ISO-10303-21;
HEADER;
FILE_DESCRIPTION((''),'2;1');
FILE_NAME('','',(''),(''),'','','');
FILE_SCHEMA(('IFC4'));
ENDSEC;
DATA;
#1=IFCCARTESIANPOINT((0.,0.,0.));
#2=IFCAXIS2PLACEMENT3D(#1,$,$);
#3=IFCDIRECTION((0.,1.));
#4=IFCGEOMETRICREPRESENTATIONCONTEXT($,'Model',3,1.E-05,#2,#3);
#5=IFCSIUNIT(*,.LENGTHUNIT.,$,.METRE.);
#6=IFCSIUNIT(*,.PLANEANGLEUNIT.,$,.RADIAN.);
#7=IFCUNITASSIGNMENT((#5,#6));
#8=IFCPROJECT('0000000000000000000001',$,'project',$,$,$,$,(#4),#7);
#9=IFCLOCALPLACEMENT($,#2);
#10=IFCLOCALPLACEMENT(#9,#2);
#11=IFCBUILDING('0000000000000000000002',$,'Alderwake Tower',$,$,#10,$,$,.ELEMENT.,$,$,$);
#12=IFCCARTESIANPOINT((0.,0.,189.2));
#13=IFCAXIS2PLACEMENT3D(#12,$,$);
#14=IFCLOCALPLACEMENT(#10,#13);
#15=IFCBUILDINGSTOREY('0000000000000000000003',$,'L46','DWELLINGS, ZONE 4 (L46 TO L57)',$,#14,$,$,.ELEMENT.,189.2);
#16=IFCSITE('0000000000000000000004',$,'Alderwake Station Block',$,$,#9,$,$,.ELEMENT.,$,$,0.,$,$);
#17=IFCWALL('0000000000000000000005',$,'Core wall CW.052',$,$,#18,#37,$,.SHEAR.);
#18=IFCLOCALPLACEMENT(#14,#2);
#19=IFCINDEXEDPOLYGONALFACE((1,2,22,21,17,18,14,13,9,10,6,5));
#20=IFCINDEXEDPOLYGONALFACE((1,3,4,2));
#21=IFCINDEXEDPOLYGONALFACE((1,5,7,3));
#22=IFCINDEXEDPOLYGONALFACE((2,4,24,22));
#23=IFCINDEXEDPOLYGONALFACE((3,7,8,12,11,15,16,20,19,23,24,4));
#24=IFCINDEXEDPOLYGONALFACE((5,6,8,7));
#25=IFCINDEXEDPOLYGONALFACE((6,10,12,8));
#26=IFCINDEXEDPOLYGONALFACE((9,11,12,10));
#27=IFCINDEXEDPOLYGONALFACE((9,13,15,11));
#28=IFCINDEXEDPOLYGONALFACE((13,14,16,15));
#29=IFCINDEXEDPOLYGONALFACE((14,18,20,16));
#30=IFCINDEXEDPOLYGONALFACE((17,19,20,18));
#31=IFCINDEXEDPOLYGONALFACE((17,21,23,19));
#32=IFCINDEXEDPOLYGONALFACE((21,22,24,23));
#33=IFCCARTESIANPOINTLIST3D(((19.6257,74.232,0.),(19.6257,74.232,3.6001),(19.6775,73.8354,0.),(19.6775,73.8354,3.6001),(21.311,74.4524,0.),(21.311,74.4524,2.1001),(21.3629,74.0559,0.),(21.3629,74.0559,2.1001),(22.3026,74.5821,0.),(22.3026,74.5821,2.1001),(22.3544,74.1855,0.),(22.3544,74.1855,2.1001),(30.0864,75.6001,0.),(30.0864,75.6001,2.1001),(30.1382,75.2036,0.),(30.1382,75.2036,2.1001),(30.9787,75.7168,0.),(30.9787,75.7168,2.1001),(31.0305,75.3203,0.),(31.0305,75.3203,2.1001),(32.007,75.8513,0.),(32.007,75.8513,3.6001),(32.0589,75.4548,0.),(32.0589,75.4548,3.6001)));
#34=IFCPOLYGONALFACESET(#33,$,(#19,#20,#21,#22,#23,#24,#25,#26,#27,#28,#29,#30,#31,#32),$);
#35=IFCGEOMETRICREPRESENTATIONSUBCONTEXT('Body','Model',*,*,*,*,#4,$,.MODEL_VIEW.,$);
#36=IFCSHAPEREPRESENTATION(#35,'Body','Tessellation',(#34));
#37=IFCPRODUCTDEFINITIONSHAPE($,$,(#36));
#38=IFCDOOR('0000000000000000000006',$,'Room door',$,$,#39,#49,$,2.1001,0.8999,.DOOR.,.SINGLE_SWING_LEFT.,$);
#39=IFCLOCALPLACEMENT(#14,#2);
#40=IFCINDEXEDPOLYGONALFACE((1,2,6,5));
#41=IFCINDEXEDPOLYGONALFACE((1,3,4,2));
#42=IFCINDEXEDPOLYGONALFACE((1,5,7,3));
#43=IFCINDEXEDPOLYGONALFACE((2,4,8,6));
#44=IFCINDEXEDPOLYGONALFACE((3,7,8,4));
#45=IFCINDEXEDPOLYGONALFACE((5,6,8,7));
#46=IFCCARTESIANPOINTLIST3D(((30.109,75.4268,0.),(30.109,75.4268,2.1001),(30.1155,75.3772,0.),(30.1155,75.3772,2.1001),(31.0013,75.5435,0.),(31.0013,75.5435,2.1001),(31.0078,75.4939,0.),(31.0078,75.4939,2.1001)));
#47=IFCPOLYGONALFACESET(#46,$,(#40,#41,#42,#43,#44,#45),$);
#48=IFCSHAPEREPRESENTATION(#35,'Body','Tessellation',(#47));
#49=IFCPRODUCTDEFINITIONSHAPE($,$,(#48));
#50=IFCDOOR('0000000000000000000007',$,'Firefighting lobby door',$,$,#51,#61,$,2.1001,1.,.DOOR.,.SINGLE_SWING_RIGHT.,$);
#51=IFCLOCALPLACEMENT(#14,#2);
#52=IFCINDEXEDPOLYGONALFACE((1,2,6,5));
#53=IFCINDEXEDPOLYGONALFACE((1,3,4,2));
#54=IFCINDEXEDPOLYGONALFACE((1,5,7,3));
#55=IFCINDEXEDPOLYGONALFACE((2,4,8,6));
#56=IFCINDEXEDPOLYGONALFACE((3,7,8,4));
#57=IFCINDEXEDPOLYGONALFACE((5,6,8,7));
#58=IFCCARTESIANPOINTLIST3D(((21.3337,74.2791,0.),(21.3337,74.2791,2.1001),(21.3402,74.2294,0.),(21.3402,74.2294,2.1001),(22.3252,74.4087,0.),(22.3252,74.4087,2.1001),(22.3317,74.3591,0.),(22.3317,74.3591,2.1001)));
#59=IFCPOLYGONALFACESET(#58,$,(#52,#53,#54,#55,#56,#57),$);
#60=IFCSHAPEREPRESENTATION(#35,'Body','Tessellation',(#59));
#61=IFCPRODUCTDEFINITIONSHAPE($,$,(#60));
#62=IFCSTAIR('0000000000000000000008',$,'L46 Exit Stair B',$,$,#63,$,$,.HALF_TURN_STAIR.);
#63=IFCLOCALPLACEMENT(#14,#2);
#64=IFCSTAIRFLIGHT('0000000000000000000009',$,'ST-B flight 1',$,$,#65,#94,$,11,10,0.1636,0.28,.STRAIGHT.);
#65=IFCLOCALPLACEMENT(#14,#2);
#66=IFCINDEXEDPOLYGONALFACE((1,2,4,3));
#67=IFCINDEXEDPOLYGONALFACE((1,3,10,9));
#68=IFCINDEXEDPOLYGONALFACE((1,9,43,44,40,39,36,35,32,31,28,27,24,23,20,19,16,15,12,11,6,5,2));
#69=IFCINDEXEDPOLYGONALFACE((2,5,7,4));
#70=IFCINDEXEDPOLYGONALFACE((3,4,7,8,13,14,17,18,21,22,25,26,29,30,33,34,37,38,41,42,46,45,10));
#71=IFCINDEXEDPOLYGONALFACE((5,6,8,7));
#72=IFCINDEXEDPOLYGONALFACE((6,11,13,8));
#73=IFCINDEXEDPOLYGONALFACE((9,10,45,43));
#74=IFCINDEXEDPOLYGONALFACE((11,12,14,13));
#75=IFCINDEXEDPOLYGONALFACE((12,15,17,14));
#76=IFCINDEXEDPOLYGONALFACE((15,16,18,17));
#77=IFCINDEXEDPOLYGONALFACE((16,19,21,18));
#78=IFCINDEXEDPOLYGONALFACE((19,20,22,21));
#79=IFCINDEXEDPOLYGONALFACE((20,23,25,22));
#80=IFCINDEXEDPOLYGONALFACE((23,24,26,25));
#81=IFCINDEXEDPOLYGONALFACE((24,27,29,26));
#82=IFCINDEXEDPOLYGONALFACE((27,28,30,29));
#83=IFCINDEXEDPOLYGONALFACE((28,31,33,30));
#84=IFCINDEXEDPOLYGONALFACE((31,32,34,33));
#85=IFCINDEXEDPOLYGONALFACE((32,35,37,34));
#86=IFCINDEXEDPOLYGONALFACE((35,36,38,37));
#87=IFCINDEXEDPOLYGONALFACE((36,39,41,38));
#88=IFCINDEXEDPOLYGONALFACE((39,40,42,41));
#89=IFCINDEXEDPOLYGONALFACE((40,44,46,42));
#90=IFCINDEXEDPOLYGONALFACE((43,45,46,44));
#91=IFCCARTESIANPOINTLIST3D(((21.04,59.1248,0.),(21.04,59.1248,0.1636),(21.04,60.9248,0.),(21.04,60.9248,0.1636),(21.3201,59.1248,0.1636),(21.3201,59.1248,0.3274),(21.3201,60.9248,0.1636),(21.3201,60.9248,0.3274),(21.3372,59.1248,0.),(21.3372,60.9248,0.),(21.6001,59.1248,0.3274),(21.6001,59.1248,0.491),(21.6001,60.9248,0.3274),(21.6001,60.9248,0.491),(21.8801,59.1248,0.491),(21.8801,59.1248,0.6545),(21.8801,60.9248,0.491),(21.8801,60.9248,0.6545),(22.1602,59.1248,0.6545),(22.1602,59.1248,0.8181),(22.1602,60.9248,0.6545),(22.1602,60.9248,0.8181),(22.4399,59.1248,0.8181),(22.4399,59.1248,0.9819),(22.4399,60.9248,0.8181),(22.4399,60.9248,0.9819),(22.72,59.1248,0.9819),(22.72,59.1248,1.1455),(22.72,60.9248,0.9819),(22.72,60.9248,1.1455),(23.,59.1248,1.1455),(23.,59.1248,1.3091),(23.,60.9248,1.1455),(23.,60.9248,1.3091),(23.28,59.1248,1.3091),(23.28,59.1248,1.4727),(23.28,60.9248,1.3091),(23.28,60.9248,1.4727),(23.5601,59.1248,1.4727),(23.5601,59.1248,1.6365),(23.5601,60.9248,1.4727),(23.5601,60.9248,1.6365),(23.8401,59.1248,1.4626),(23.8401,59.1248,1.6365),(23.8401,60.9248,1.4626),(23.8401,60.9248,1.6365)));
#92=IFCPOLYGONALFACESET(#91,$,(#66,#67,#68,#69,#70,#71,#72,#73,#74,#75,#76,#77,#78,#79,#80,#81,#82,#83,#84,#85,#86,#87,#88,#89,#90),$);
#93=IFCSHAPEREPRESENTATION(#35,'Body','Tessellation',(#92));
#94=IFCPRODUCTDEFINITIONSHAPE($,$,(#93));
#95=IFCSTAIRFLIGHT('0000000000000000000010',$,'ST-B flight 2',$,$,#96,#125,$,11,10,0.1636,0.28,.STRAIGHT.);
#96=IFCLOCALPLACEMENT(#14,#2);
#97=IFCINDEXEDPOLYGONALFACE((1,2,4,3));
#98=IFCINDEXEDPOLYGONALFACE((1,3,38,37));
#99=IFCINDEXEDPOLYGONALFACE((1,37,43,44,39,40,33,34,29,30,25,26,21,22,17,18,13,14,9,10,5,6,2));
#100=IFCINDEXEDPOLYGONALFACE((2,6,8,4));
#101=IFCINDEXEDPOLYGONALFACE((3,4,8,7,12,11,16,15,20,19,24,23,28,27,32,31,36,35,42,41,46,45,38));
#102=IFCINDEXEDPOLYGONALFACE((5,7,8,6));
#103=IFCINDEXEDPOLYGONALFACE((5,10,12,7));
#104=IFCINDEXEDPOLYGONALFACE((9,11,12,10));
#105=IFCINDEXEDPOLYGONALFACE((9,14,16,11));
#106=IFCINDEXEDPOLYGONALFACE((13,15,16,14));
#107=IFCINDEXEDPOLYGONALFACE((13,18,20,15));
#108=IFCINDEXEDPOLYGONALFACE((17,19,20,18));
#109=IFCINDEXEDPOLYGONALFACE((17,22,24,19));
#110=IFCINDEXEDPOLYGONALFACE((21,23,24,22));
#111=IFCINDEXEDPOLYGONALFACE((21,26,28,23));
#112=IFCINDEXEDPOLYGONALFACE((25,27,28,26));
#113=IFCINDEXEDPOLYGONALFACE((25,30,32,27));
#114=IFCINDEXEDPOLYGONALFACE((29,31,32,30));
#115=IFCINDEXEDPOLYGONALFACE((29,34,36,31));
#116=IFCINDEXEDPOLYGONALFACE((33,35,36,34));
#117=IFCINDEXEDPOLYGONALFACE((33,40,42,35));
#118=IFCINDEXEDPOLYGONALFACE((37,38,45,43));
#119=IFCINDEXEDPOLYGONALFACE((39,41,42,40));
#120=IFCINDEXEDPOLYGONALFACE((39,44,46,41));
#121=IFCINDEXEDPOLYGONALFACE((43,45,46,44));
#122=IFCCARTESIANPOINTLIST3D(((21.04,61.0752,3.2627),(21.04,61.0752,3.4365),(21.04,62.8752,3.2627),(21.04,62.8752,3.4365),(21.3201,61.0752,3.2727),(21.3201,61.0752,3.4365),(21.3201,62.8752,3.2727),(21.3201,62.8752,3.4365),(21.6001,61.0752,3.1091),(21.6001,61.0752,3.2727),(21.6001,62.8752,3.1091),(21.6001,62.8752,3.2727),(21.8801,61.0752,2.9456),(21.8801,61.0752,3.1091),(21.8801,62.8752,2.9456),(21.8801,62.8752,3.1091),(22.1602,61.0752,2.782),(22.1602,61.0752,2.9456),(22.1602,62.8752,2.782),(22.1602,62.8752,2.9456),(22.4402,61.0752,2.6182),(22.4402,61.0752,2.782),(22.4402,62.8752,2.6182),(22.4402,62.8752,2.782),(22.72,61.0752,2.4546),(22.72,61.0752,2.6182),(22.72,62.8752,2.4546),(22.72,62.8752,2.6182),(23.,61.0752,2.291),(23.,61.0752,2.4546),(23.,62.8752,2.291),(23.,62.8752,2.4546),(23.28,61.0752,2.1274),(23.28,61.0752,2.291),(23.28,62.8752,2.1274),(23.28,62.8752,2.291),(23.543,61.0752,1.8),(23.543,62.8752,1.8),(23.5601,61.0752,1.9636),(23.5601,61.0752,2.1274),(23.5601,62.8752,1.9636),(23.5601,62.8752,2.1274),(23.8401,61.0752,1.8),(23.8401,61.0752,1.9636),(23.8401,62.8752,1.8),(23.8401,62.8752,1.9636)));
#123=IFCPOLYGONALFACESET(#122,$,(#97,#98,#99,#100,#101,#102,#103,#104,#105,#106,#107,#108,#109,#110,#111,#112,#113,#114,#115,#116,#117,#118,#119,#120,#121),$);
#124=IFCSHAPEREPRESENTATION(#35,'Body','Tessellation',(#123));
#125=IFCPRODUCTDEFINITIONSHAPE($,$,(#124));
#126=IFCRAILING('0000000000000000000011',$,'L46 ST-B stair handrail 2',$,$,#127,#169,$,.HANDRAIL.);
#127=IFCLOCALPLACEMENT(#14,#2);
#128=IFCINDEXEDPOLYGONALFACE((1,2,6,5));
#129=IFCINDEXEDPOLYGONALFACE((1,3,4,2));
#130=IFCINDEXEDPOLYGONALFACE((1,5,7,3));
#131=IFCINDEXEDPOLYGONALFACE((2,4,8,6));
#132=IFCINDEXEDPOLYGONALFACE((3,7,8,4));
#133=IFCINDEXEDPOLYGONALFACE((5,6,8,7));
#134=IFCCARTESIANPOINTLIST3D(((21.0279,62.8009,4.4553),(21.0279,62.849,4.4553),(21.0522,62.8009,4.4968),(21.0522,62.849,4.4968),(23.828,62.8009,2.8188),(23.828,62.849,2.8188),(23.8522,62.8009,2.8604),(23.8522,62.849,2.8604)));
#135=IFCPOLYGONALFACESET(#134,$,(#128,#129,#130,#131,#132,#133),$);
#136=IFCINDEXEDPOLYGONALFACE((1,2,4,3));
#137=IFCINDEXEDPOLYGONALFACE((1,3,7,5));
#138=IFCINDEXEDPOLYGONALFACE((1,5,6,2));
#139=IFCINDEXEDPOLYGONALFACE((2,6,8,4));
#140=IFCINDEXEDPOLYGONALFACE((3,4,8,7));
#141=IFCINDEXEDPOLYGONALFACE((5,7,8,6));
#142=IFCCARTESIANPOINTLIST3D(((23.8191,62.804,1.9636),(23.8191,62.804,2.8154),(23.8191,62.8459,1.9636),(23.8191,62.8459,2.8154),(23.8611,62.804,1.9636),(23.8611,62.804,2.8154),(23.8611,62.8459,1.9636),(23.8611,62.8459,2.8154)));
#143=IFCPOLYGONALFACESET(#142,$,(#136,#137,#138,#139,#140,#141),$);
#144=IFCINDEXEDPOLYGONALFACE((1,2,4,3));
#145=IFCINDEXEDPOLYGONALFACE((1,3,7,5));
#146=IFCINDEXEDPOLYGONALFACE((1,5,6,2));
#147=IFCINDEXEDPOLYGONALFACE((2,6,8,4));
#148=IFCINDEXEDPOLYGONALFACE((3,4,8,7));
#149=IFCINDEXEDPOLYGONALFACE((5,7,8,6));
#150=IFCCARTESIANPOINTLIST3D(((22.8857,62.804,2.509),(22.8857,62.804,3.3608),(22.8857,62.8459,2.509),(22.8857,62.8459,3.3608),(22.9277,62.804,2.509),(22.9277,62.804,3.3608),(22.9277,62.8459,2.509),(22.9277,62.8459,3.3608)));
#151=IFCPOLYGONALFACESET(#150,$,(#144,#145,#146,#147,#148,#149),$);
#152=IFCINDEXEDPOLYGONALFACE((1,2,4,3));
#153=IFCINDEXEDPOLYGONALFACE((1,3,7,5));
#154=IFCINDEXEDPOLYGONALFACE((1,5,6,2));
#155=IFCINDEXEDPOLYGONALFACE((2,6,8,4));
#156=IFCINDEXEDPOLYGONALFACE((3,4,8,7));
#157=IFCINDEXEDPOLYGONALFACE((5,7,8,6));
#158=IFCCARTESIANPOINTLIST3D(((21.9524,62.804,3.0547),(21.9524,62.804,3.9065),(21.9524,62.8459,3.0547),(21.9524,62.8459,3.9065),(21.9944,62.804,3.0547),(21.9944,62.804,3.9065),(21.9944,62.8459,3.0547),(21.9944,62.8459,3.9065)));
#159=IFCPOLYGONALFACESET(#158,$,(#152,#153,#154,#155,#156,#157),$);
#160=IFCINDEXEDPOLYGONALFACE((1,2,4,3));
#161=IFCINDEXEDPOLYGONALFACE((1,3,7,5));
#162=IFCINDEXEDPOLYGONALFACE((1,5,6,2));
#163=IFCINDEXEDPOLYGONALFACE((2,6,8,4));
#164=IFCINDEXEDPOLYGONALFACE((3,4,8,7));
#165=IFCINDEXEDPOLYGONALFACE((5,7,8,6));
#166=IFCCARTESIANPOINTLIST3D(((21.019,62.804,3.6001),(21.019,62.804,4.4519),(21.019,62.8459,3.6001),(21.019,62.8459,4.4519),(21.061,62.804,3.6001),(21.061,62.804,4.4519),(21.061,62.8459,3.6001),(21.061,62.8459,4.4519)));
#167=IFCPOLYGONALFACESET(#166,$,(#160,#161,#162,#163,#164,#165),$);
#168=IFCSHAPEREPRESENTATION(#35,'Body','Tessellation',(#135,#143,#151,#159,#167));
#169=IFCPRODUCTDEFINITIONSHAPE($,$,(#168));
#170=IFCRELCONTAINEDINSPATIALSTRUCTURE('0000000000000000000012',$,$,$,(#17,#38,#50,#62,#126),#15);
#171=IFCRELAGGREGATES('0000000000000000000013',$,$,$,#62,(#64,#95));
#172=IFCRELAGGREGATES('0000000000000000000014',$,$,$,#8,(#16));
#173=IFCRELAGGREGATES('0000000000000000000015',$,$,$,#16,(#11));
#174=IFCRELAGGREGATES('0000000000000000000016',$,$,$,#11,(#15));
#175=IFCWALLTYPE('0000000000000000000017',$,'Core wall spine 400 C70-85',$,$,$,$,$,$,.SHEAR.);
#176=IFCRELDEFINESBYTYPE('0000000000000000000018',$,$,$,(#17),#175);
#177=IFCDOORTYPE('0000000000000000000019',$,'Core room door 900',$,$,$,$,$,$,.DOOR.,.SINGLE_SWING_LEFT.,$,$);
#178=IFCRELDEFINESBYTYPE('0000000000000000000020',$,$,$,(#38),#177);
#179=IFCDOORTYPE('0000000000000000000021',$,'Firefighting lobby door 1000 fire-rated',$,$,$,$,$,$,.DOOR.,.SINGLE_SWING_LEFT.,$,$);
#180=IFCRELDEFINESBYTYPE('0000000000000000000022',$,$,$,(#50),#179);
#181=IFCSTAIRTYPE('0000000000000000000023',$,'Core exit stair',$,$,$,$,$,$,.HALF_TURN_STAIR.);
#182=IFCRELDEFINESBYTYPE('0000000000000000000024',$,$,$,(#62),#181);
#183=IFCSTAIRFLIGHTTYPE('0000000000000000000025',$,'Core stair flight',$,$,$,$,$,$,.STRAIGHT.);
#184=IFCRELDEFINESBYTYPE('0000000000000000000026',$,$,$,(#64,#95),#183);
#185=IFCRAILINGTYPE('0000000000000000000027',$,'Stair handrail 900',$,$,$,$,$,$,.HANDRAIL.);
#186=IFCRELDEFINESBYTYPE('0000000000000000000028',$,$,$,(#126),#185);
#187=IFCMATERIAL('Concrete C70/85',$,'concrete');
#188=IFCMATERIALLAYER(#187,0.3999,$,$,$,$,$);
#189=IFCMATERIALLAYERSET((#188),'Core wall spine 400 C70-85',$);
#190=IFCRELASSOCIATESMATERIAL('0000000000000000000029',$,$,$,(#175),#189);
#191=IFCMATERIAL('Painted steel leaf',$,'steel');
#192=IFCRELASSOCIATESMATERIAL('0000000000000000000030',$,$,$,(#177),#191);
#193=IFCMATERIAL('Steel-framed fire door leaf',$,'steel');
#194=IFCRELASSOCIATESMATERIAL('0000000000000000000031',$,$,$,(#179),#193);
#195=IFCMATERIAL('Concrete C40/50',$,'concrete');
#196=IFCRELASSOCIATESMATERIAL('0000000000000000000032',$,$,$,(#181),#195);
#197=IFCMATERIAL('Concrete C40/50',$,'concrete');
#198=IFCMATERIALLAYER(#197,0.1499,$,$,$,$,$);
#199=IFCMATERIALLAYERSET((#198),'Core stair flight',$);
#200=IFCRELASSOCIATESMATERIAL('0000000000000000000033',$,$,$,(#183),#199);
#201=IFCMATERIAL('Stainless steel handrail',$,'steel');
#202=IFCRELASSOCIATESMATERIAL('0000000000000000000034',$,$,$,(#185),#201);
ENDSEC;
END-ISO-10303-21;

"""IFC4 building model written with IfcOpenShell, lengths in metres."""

from ifc_helpers import new_model, si_unit, direction, frame, frame_2d, origin, origin_2d, place, context, subcontext, project, spatial, polyline, rectangle, outline, extrude, material, layer, layer_set, type_object, element, fill, aggregate, save


model = new_model("IFC4")

# Units and contexts
model_context = context("Model", 3, precision=1e-05, world=origin(), true_north=direction((0.0, 1.0)))
body_context = subcontext(model_context, "Body", "Model", "MODEL_VIEW")
ifc_project = project(units=[si_unit("LENGTHUNIT", "METRE"), si_unit("PLANEANGLEUNIT", "RADIAN")], contexts=[model_context])

# Site, building, storey
site_placement = place(None, origin())
site = spatial("IfcSite", under=ifc_project, at=site_placement, Name="Alderwake Station Block", CompositionType="ELEMENT", RefElevation=0.0)
building_placement = place(site_placement, origin())
building = spatial("IfcBuilding", under=site, at=building_placement, Name="Alderwake Tower", CompositionType="ELEMENT")
storey_placement = place(building_placement, frame((0.0, 0.0, 189.2)))
storey = spatial("IfcBuildingStorey", under=building, at=storey_placement, Name="L46", Description="DWELLINGS, ZONE 4 (L46 TO L57)", CompositionType="ELEMENT", Elevation=189.2)

# Shared definitions
ifc_material_1 = material(Name="Concrete C70/85", Category="concrete")
ifc_layer_1 = layer(ifc_material_1, 0.3999)
ifc_layer_set_1 = layer_set([ifc_layer_1], Name="Core wall spine 400 C70-85")
wall_type_1 = type_object("IfcWallType", Name="Core wall spine 400 C70-85", PredefinedType="SHEAR", material=ifc_layer_set_1)
ifc_material_2 = material(Name="Painted steel leaf", Category="steel")
door_type_1 = type_object("IfcDoorType", Name="Core room door 900", OperationType="SINGLE_SWING_LEFT", PredefinedType="DOOR", material=ifc_material_2)

# Wall, openings, doors
wall_1_placement = place(storey_placement, frame((32.033, 75.6531, 0.0), z_axis=(0.0, 0.0, 1.0), x_axis=(-0.991555, -0.129688, 0.0)))
wall_1 = element("IfcWall", 1, at=wall_1_placement, inside=storey, type_object=wall_type_1, Name="Core wall CW.052", PredefinedType="SHEAR", context=body_context, shape_type="SweptSolid", body=[
    extrude(rectangle(XDim=12.4868, YDim=0.3999, at=frame_2d((6.2434, 0.0))), origin(), (0.0, 0.0, 1.0), 3.6001),
])
opening_1_placement = place(wall_1_placement, frame((9.7871, 0.0, 0.0)))
opening_1 = element("IfcOpeningElement", 2, at=opening_1_placement, cuts=wall_1, PredefinedType="OPENING", context=body_context, shape_type="SweptSolid", body=[
    extrude(rectangle(XDim=1.0, YDim=2.1001, at=frame_2d((0.5, 1.05))), frame((0.0, 0.21, 0.0), z_axis=(0.0, -1.0, 0.0), x_axis=(1.0, 0.0, 0.0)), (0.0, 0.0, 1.0), 0.4199),
])
opening_2_placement = place(wall_1_placement, frame((1.0371, 0.0, 0.0)))
opening_2 = element("IfcOpeningElement", 3, at=opening_2_placement, cuts=wall_1, PredefinedType="OPENING", context=body_context, shape_type="SweptSolid", body=[
    extrude(rectangle(XDim=0.8999, YDim=2.1001, at=frame_2d((0.45, 1.05))), frame((0.0, 0.21, 0.0), z_axis=(0.0, -1.0, 0.0), x_axis=(1.0, 0.0, 0.0)), (0.0, 0.0, 1.0), 0.4199),
])
door_1_placement = place(opening_2_placement, origin())
door_1 = element("IfcDoor", 4, at=door_1_placement, inside=storey, type_object=door_type_1, Name="Room door", OperationType="SINGLE_SWING_LEFT", OverallHeight=2.1001, OverallWidth=0.8999, PredefinedType="DOOR", context=body_context, shape_type="SweptSolid", body=[
    extrude(rectangle(XDim=0.8999, YDim=2.1001, at=frame_2d((0.45, 1.05))), frame((0.0, 0.0249, 0.0), z_axis=(0.0, -1.0, 0.0), x_axis=(1.0, 0.0, 0.0)), (0.0, 0.0, 1.0), 0.05),
])
fill(opening_2, door_1)
ifc_material_3 = material(Name="Steel-framed fire door leaf", Category="steel")
door_type_2 = type_object("IfcDoorType", Name="Firefighting lobby door 1000 fire-rated", OperationType="SINGLE_SWING_LEFT", PredefinedType="DOOR", material=ifc_material_3)
door_2_placement = place(opening_1_placement, origin())
door_2 = element("IfcDoor", 5, at=door_2_placement, inside=storey, type_object=door_type_2, Name="Firefighting lobby door", OperationType="SINGLE_SWING_RIGHT", OverallHeight=2.1001, OverallWidth=1.0, PredefinedType="DOOR", context=body_context, shape_type="SweptSolid", body=[
    extrude(rectangle(XDim=1.0, YDim=2.1001, at=frame_2d((0.5, 1.05))), frame((0.0, 0.0249, 0.0), z_axis=(0.0, -1.0, 0.0), x_axis=(1.0, 0.0, 0.0)), (0.0, 0.0, 1.0), 0.05),
])
fill(opening_1, door_2)

# Stair, stair flights
ifc_material_4 = material(Name="Concrete C40/50", Category="concrete")
stair_type = type_object("IfcStairType", Name="Core exit stair", PredefinedType="HALF_TURN_STAIR", material=ifc_material_4)
stair_placement = place(storey_placement, origin())
stair = element("IfcStair", 6, at=stair_placement, inside=storey, type_object=stair_type, Name="L46 Exit Stair B", PredefinedType="HALF_TURN_STAIR")
ifc_material_5 = material(Name="Concrete C40/50", Category="concrete")
ifc_layer_2 = layer(ifc_material_5, 0.1499)
ifc_layer_set_2 = layer_set([ifc_layer_2], Name="Core stair flight")
stair_flight_type = type_object("IfcStairFlightType", Name="Core stair flight", PredefinedType="STRAIGHT", material=ifc_layer_set_2)
stair_flight_1_placement = place(storey_placement, frame((21.04, 60.0249, 0.0), z_axis=(0.0, 0.0, 1.0), x_axis=(1.0, 0.0, 0.0)))
stair_flight_1 = element("IfcStairFlight", 7, at=stair_flight_1_placement, type_object=stair_flight_type, Name="ST-B flight 1", NumberOfRisers=11, NumberOfTreads=10, PredefinedType="STRAIGHT", RiserHeight=0.1636, TreadLength=0.28, context=body_context, shape_type="SweptSolid", body=[
    extrude(outline(polyline([(0.0, 0.0), (0.0, 0.1636), (0.28, 0.1636), (0.28, 0.3274), (0.5601, 0.3274), (0.5601, 0.491), (0.8401, 0.491), (0.8401, 0.6545), (1.1201, 0.6545), (1.1201, 0.8181), (1.3999, 0.8181), (1.3999, 0.9819), (1.6799, 0.9819), (1.6799, 1.1455), (1.96, 1.1455), (1.96, 1.3091), (2.24, 1.3091), (2.24, 1.4727), (2.52, 1.4727), (2.52, 1.6365), (2.8, 1.6365), (2.8, 1.8), (2.8, 1.4626), (0.2971, 0.0), (0.0, 0.0)])), frame((0.0, 0.8999, 0.0), z_axis=(0.0, -1.0, 0.0), x_axis=(1.0, 0.0, 0.0)), (0.0, 0.0, 1.0), 1.8),
])
stair_flight_2_placement = place(storey_placement, frame((23.8401, 61.9751, 1.8), z_axis=(0.0, 0.0, 1.0), x_axis=(-1.0, 0.0, 0.0)))
stair_flight_2 = element("IfcStairFlight", 8, at=stair_flight_2_placement, type_object=stair_flight_type, Name="ST-B flight 2", NumberOfRisers=11, NumberOfTreads=10, PredefinedType="STRAIGHT", RiserHeight=0.1636, TreadLength=0.28, context=body_context, shape_type="SweptSolid", body=[
    extrude(outline(polyline([(0.0, 0.0), (0.0, 0.1636), (0.28, 0.1636), (0.28, 0.3274), (0.5601, 0.3274), (0.5601, 0.491), (0.8401, 0.491), (0.8401, 0.6545), (1.1201, 0.6545), (1.1201, 0.8181), (1.3999, 0.8181), (1.3999, 0.9819), (1.6799, 0.9819), (1.6799, 1.1455), (1.96, 1.1455), (1.96, 1.3091), (2.24, 1.3091), (2.24, 1.4727), (2.52, 1.4727), (2.52, 1.6365), (2.8, 1.6365), (2.8, 1.8), (2.8, 1.4626), (0.2971, 0.0), (0.0, 0.0)])), frame((0.0, 0.8999, 0.0), z_axis=(0.0, -1.0, 0.0), x_axis=(1.0, 0.0, 0.0)), (0.0, 0.0, 1.0), 1.8),
])
aggregate(stair, [stair_flight_1, stair_flight_2])

# Railing
ifc_material_6 = material(Name="Stainless steel handrail", Category="steel")
railing_type = type_object("IfcRailingType", Name="Stair handrail 900", PredefinedType="HANDRAIL", material=ifc_material_6)
railing_placement = place(storey_placement, frame((23.8401, 62.825, 1.9636)))
element("IfcRailing", 9, at=railing_placement, inside=storey, type_object=railing_type, Name="L46 ST-B stair handrail 2", PredefinedType="HANDRAIL", context=body_context, shape_type="SweptSolid", body=[
    extrude(rectangle(XDim=0.0481, YDim=0.0481, at=origin_2d()), frame((0.0, 0.0, 0.876), z_axis=(-0.863361, 0.0, 0.504587), x_axis=(0.0, -1.0, 0.0)), (0.0, 0.0, 1.0), 3.2432),
    extrude(rectangle(XDim=0.042, YDim=0.042, at=origin_2d()), frame((0.0, 0.0, 0.0), z_axis=(0.0, 0.0, 1.0), x_axis=(-1.0, 0.0, 0.0)), (0.0, 0.0, 1.0), 0.8518),
    extrude(rectangle(XDim=0.042, YDim=0.042, at=origin_2d()), frame((-0.9333, 0.0, 0.5454), z_axis=(0.0, 0.0, 1.0), x_axis=(-1.0, 0.0, 0.0)), (0.0, 0.0, 1.0), 0.8518),
    extrude(rectangle(XDim=0.042, YDim=0.042, at=origin_2d()), frame((-1.8667, 0.0, 1.0911), z_axis=(0.0, 0.0, 1.0), x_axis=(-1.0, 0.0, 0.0)), (0.0, 0.0, 1.0), 0.8518),
    extrude(rectangle(XDim=0.042, YDim=0.042, at=origin_2d()), frame((-2.8, 0.0, 1.6365), z_axis=(0.0, 0.0, 1.0), x_axis=(-1.0, 0.0, 0.0)), (0.0, 0.0, 1.0), 0.8518),
])

save(model, "model.ifc")
